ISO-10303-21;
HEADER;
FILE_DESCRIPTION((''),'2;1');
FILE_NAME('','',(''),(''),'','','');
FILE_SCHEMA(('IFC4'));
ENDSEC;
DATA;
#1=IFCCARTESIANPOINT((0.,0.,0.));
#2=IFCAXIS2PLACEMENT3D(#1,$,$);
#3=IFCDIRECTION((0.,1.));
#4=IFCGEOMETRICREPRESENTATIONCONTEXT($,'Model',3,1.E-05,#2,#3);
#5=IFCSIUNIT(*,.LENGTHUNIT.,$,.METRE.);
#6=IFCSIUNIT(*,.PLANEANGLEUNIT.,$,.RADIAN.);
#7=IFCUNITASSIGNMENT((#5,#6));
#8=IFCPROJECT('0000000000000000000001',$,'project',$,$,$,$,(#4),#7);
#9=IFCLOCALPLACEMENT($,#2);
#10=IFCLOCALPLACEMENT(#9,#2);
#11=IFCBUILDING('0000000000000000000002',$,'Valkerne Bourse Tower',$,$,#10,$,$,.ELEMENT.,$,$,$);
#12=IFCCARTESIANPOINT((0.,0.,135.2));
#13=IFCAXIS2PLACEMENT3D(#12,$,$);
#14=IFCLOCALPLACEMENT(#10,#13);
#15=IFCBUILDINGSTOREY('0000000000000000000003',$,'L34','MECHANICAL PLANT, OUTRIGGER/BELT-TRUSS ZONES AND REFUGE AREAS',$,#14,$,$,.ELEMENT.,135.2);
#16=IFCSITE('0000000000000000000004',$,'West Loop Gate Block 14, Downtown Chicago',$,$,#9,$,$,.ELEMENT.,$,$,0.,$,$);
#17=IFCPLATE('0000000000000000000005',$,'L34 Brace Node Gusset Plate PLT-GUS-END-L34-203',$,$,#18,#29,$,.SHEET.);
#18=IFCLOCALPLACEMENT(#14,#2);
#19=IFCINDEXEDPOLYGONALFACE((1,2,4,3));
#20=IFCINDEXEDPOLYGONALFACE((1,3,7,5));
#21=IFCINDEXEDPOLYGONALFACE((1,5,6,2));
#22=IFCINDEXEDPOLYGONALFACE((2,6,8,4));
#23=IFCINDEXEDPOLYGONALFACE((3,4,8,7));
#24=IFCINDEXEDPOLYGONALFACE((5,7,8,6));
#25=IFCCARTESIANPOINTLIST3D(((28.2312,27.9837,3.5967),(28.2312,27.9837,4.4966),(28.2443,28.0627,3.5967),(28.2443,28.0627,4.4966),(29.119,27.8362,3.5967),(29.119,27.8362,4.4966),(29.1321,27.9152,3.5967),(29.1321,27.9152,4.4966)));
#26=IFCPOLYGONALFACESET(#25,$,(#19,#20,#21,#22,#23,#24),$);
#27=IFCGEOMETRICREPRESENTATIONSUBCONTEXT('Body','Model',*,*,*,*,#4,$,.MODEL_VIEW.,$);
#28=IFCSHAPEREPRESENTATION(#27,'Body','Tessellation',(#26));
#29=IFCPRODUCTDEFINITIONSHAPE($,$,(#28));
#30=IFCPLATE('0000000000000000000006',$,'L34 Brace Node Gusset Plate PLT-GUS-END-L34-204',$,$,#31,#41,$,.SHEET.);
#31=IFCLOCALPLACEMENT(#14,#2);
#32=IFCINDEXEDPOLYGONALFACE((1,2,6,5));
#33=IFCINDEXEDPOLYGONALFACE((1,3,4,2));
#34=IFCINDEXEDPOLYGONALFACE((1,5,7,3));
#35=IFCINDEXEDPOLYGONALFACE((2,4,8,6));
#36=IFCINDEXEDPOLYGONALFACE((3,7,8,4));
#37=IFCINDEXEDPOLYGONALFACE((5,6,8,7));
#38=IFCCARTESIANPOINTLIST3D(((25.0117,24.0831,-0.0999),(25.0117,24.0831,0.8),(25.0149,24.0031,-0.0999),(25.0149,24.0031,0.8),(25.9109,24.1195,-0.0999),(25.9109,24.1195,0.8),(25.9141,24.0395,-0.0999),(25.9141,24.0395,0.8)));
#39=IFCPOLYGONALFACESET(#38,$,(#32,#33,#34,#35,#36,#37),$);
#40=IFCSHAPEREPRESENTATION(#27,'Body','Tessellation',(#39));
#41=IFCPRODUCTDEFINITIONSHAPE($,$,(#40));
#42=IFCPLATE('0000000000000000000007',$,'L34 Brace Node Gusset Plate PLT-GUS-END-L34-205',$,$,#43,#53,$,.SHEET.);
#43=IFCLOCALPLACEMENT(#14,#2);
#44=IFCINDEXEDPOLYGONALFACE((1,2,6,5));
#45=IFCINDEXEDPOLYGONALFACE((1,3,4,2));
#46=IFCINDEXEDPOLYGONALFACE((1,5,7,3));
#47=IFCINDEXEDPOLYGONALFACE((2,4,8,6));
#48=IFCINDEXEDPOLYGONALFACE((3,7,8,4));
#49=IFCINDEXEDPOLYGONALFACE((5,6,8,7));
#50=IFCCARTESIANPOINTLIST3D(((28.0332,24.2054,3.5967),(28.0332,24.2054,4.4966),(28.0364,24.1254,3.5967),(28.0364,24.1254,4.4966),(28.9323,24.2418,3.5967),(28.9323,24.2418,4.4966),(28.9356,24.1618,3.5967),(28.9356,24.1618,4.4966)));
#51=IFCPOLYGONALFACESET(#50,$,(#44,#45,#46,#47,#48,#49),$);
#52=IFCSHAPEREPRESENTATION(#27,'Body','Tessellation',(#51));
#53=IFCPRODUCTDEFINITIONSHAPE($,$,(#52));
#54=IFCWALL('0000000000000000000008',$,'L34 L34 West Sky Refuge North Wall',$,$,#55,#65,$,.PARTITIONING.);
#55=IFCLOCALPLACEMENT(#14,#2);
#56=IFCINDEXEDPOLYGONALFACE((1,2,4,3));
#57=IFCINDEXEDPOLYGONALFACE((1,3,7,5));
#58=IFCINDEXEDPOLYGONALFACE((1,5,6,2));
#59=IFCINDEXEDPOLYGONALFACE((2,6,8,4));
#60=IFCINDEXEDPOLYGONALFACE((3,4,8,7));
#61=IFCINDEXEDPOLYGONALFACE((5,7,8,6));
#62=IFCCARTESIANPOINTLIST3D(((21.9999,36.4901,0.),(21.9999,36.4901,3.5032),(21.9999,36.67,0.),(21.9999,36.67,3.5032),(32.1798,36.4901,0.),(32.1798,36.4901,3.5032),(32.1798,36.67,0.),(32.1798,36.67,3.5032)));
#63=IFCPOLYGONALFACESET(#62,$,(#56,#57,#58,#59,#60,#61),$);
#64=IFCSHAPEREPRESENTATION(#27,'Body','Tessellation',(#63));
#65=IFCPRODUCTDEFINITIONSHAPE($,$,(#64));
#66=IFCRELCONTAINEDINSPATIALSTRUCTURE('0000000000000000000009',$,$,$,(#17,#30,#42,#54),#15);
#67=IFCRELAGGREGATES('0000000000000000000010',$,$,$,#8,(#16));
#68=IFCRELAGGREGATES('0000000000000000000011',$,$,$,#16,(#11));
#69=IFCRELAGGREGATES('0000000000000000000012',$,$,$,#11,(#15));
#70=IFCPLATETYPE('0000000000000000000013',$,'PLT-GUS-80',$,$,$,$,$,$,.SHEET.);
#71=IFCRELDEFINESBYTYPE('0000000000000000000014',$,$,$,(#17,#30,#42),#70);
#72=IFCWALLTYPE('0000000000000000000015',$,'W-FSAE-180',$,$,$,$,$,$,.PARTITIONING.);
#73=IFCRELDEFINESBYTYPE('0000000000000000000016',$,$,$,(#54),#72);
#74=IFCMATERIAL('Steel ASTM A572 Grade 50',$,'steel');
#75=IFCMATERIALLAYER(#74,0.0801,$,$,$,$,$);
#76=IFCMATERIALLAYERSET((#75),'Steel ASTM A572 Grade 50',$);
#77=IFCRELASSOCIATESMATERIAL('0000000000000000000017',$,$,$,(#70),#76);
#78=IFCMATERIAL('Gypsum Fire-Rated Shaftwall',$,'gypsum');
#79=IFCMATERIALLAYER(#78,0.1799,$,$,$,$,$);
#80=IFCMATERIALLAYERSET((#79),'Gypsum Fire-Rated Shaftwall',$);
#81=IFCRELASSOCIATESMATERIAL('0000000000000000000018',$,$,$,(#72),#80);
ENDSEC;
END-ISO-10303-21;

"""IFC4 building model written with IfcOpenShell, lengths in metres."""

from ifc_helpers import new_model, si_unit, direction, frame, frame_2d, origin, origin_2d, place, context, subcontext, project, spatial, rectangle, extrude, material, layer, layer_set, type_object, element, save


model = new_model("IFC4")

# Units and contexts
model_context = context("Model", 3, precision=1e-05, world=origin(), true_north=direction((0.0, 1.0)))
body_context = subcontext(model_context, "Body", "Model", "MODEL_VIEW")
ifc_project = project(units=[si_unit("LENGTHUNIT", "METRE"), si_unit("PLANEANGLEUNIT", "RADIAN")], contexts=[model_context])

# Site, building, storey
site_placement = place(None, origin())
site = spatial("IfcSite", under=ifc_project, at=site_placement, Name="West Loop Gate Block 14, Downtown Chicago", CompositionType="ELEMENT", RefElevation=0.0)
building_placement = place(site_placement, origin())
building = spatial("IfcBuilding", under=site, at=building_placement, Name="Valkerne Bourse Tower", CompositionType="ELEMENT")
storey_placement = place(building_placement, frame((0.0, 0.0, 135.2)))
storey = spatial("IfcBuildingStorey", under=building, at=storey_placement, Name="L34", Description="MECHANICAL PLANT, OUTRIGGER/BELT-TRUSS ZONES AND REFUGE AREAS", CompositionType="ELEMENT", Elevation=135.2)

# Plates
ifc_material_1 = material(Name="Steel ASTM A572 Grade 50", Category="steel")
ifc_layer_1 = layer(ifc_material_1, 0.0801)
ifc_layer_set_1 = layer_set([ifc_layer_1], Name="Steel ASTM A572 Grade 50")
plate_type_1 = type_object("IfcPlateType", Name="PLT-GUS-80", PredefinedType="SHEET", material=ifc_layer_set_1)
for number, where, z_axis, x_axis, name in (
    (1, (28.6816, 27.9495, 3.5967), (0.0, 0.0, 1.0), (0.986487, -0.163843, 0.0), "L34 Brace Node Gusset Plate PLT-GUS-END-L34-203"),
    (2, (25.4629, 24.0613, -0.0999), (0.0, 0.0, 1.0), (0.99918, 0.040481, 0.0), "L34 Brace Node Gusset Plate PLT-GUS-END-L34-204"),
    (3, (28.4844, 24.1836, 3.5967), (0.0, 0.0, 1.0), (0.99918, 0.040481, 0.0), "L34 Brace Node Gusset Plate PLT-GUS-END-L34-205"),
):
    element("IfcPlate", number, at=place(storey_placement, frame(where, z_axis=z_axis, x_axis=x_axis)), inside=storey, type_object=plate_type_1, Name=name, PredefinedType="SHEET", context=body_context, shape_type="SweptSolid", body=[
        extrude(rectangle(XDim=0.8999, YDim=0.0801, at=origin_2d()), origin(), (0.0, 0.0, 1.0), 0.8999),
    ])

# Wall
ifc_material_2 = material(Name="Gypsum Fire-Rated Shaftwall", Category="gypsum")
ifc_layer_2 = layer(ifc_material_2, 0.1799)
ifc_layer_set_2 = layer_set([ifc_layer_2], Name="Gypsum Fire-Rated Shaftwall")
wall_type = type_object("IfcWallType", Name="W-FSAE-180", PredefinedType="PARTITIONING", material=ifc_layer_set_2)
wall_placement = place(storey_placement, frame((22.0, 36.5801, 0.0), z_axis=(0.0, 0.0, 1.0), x_axis=(1.0, 0.0, 0.0)))
element("IfcWall", 4, at=wall_placement, inside=storey, type_object=wall_type, Name="L34 L34 West Sky Refuge North Wall", PredefinedType="PARTITIONING", context=body_context, shape_type="SweptSolid", body=[
    extrude(rectangle(XDim=10.1799, YDim=0.1799, at=frame_2d((5.0898, 0.0))), origin(), (0.0, 0.0, 1.0), 3.5032),
])

save(model, "model.ifc")
